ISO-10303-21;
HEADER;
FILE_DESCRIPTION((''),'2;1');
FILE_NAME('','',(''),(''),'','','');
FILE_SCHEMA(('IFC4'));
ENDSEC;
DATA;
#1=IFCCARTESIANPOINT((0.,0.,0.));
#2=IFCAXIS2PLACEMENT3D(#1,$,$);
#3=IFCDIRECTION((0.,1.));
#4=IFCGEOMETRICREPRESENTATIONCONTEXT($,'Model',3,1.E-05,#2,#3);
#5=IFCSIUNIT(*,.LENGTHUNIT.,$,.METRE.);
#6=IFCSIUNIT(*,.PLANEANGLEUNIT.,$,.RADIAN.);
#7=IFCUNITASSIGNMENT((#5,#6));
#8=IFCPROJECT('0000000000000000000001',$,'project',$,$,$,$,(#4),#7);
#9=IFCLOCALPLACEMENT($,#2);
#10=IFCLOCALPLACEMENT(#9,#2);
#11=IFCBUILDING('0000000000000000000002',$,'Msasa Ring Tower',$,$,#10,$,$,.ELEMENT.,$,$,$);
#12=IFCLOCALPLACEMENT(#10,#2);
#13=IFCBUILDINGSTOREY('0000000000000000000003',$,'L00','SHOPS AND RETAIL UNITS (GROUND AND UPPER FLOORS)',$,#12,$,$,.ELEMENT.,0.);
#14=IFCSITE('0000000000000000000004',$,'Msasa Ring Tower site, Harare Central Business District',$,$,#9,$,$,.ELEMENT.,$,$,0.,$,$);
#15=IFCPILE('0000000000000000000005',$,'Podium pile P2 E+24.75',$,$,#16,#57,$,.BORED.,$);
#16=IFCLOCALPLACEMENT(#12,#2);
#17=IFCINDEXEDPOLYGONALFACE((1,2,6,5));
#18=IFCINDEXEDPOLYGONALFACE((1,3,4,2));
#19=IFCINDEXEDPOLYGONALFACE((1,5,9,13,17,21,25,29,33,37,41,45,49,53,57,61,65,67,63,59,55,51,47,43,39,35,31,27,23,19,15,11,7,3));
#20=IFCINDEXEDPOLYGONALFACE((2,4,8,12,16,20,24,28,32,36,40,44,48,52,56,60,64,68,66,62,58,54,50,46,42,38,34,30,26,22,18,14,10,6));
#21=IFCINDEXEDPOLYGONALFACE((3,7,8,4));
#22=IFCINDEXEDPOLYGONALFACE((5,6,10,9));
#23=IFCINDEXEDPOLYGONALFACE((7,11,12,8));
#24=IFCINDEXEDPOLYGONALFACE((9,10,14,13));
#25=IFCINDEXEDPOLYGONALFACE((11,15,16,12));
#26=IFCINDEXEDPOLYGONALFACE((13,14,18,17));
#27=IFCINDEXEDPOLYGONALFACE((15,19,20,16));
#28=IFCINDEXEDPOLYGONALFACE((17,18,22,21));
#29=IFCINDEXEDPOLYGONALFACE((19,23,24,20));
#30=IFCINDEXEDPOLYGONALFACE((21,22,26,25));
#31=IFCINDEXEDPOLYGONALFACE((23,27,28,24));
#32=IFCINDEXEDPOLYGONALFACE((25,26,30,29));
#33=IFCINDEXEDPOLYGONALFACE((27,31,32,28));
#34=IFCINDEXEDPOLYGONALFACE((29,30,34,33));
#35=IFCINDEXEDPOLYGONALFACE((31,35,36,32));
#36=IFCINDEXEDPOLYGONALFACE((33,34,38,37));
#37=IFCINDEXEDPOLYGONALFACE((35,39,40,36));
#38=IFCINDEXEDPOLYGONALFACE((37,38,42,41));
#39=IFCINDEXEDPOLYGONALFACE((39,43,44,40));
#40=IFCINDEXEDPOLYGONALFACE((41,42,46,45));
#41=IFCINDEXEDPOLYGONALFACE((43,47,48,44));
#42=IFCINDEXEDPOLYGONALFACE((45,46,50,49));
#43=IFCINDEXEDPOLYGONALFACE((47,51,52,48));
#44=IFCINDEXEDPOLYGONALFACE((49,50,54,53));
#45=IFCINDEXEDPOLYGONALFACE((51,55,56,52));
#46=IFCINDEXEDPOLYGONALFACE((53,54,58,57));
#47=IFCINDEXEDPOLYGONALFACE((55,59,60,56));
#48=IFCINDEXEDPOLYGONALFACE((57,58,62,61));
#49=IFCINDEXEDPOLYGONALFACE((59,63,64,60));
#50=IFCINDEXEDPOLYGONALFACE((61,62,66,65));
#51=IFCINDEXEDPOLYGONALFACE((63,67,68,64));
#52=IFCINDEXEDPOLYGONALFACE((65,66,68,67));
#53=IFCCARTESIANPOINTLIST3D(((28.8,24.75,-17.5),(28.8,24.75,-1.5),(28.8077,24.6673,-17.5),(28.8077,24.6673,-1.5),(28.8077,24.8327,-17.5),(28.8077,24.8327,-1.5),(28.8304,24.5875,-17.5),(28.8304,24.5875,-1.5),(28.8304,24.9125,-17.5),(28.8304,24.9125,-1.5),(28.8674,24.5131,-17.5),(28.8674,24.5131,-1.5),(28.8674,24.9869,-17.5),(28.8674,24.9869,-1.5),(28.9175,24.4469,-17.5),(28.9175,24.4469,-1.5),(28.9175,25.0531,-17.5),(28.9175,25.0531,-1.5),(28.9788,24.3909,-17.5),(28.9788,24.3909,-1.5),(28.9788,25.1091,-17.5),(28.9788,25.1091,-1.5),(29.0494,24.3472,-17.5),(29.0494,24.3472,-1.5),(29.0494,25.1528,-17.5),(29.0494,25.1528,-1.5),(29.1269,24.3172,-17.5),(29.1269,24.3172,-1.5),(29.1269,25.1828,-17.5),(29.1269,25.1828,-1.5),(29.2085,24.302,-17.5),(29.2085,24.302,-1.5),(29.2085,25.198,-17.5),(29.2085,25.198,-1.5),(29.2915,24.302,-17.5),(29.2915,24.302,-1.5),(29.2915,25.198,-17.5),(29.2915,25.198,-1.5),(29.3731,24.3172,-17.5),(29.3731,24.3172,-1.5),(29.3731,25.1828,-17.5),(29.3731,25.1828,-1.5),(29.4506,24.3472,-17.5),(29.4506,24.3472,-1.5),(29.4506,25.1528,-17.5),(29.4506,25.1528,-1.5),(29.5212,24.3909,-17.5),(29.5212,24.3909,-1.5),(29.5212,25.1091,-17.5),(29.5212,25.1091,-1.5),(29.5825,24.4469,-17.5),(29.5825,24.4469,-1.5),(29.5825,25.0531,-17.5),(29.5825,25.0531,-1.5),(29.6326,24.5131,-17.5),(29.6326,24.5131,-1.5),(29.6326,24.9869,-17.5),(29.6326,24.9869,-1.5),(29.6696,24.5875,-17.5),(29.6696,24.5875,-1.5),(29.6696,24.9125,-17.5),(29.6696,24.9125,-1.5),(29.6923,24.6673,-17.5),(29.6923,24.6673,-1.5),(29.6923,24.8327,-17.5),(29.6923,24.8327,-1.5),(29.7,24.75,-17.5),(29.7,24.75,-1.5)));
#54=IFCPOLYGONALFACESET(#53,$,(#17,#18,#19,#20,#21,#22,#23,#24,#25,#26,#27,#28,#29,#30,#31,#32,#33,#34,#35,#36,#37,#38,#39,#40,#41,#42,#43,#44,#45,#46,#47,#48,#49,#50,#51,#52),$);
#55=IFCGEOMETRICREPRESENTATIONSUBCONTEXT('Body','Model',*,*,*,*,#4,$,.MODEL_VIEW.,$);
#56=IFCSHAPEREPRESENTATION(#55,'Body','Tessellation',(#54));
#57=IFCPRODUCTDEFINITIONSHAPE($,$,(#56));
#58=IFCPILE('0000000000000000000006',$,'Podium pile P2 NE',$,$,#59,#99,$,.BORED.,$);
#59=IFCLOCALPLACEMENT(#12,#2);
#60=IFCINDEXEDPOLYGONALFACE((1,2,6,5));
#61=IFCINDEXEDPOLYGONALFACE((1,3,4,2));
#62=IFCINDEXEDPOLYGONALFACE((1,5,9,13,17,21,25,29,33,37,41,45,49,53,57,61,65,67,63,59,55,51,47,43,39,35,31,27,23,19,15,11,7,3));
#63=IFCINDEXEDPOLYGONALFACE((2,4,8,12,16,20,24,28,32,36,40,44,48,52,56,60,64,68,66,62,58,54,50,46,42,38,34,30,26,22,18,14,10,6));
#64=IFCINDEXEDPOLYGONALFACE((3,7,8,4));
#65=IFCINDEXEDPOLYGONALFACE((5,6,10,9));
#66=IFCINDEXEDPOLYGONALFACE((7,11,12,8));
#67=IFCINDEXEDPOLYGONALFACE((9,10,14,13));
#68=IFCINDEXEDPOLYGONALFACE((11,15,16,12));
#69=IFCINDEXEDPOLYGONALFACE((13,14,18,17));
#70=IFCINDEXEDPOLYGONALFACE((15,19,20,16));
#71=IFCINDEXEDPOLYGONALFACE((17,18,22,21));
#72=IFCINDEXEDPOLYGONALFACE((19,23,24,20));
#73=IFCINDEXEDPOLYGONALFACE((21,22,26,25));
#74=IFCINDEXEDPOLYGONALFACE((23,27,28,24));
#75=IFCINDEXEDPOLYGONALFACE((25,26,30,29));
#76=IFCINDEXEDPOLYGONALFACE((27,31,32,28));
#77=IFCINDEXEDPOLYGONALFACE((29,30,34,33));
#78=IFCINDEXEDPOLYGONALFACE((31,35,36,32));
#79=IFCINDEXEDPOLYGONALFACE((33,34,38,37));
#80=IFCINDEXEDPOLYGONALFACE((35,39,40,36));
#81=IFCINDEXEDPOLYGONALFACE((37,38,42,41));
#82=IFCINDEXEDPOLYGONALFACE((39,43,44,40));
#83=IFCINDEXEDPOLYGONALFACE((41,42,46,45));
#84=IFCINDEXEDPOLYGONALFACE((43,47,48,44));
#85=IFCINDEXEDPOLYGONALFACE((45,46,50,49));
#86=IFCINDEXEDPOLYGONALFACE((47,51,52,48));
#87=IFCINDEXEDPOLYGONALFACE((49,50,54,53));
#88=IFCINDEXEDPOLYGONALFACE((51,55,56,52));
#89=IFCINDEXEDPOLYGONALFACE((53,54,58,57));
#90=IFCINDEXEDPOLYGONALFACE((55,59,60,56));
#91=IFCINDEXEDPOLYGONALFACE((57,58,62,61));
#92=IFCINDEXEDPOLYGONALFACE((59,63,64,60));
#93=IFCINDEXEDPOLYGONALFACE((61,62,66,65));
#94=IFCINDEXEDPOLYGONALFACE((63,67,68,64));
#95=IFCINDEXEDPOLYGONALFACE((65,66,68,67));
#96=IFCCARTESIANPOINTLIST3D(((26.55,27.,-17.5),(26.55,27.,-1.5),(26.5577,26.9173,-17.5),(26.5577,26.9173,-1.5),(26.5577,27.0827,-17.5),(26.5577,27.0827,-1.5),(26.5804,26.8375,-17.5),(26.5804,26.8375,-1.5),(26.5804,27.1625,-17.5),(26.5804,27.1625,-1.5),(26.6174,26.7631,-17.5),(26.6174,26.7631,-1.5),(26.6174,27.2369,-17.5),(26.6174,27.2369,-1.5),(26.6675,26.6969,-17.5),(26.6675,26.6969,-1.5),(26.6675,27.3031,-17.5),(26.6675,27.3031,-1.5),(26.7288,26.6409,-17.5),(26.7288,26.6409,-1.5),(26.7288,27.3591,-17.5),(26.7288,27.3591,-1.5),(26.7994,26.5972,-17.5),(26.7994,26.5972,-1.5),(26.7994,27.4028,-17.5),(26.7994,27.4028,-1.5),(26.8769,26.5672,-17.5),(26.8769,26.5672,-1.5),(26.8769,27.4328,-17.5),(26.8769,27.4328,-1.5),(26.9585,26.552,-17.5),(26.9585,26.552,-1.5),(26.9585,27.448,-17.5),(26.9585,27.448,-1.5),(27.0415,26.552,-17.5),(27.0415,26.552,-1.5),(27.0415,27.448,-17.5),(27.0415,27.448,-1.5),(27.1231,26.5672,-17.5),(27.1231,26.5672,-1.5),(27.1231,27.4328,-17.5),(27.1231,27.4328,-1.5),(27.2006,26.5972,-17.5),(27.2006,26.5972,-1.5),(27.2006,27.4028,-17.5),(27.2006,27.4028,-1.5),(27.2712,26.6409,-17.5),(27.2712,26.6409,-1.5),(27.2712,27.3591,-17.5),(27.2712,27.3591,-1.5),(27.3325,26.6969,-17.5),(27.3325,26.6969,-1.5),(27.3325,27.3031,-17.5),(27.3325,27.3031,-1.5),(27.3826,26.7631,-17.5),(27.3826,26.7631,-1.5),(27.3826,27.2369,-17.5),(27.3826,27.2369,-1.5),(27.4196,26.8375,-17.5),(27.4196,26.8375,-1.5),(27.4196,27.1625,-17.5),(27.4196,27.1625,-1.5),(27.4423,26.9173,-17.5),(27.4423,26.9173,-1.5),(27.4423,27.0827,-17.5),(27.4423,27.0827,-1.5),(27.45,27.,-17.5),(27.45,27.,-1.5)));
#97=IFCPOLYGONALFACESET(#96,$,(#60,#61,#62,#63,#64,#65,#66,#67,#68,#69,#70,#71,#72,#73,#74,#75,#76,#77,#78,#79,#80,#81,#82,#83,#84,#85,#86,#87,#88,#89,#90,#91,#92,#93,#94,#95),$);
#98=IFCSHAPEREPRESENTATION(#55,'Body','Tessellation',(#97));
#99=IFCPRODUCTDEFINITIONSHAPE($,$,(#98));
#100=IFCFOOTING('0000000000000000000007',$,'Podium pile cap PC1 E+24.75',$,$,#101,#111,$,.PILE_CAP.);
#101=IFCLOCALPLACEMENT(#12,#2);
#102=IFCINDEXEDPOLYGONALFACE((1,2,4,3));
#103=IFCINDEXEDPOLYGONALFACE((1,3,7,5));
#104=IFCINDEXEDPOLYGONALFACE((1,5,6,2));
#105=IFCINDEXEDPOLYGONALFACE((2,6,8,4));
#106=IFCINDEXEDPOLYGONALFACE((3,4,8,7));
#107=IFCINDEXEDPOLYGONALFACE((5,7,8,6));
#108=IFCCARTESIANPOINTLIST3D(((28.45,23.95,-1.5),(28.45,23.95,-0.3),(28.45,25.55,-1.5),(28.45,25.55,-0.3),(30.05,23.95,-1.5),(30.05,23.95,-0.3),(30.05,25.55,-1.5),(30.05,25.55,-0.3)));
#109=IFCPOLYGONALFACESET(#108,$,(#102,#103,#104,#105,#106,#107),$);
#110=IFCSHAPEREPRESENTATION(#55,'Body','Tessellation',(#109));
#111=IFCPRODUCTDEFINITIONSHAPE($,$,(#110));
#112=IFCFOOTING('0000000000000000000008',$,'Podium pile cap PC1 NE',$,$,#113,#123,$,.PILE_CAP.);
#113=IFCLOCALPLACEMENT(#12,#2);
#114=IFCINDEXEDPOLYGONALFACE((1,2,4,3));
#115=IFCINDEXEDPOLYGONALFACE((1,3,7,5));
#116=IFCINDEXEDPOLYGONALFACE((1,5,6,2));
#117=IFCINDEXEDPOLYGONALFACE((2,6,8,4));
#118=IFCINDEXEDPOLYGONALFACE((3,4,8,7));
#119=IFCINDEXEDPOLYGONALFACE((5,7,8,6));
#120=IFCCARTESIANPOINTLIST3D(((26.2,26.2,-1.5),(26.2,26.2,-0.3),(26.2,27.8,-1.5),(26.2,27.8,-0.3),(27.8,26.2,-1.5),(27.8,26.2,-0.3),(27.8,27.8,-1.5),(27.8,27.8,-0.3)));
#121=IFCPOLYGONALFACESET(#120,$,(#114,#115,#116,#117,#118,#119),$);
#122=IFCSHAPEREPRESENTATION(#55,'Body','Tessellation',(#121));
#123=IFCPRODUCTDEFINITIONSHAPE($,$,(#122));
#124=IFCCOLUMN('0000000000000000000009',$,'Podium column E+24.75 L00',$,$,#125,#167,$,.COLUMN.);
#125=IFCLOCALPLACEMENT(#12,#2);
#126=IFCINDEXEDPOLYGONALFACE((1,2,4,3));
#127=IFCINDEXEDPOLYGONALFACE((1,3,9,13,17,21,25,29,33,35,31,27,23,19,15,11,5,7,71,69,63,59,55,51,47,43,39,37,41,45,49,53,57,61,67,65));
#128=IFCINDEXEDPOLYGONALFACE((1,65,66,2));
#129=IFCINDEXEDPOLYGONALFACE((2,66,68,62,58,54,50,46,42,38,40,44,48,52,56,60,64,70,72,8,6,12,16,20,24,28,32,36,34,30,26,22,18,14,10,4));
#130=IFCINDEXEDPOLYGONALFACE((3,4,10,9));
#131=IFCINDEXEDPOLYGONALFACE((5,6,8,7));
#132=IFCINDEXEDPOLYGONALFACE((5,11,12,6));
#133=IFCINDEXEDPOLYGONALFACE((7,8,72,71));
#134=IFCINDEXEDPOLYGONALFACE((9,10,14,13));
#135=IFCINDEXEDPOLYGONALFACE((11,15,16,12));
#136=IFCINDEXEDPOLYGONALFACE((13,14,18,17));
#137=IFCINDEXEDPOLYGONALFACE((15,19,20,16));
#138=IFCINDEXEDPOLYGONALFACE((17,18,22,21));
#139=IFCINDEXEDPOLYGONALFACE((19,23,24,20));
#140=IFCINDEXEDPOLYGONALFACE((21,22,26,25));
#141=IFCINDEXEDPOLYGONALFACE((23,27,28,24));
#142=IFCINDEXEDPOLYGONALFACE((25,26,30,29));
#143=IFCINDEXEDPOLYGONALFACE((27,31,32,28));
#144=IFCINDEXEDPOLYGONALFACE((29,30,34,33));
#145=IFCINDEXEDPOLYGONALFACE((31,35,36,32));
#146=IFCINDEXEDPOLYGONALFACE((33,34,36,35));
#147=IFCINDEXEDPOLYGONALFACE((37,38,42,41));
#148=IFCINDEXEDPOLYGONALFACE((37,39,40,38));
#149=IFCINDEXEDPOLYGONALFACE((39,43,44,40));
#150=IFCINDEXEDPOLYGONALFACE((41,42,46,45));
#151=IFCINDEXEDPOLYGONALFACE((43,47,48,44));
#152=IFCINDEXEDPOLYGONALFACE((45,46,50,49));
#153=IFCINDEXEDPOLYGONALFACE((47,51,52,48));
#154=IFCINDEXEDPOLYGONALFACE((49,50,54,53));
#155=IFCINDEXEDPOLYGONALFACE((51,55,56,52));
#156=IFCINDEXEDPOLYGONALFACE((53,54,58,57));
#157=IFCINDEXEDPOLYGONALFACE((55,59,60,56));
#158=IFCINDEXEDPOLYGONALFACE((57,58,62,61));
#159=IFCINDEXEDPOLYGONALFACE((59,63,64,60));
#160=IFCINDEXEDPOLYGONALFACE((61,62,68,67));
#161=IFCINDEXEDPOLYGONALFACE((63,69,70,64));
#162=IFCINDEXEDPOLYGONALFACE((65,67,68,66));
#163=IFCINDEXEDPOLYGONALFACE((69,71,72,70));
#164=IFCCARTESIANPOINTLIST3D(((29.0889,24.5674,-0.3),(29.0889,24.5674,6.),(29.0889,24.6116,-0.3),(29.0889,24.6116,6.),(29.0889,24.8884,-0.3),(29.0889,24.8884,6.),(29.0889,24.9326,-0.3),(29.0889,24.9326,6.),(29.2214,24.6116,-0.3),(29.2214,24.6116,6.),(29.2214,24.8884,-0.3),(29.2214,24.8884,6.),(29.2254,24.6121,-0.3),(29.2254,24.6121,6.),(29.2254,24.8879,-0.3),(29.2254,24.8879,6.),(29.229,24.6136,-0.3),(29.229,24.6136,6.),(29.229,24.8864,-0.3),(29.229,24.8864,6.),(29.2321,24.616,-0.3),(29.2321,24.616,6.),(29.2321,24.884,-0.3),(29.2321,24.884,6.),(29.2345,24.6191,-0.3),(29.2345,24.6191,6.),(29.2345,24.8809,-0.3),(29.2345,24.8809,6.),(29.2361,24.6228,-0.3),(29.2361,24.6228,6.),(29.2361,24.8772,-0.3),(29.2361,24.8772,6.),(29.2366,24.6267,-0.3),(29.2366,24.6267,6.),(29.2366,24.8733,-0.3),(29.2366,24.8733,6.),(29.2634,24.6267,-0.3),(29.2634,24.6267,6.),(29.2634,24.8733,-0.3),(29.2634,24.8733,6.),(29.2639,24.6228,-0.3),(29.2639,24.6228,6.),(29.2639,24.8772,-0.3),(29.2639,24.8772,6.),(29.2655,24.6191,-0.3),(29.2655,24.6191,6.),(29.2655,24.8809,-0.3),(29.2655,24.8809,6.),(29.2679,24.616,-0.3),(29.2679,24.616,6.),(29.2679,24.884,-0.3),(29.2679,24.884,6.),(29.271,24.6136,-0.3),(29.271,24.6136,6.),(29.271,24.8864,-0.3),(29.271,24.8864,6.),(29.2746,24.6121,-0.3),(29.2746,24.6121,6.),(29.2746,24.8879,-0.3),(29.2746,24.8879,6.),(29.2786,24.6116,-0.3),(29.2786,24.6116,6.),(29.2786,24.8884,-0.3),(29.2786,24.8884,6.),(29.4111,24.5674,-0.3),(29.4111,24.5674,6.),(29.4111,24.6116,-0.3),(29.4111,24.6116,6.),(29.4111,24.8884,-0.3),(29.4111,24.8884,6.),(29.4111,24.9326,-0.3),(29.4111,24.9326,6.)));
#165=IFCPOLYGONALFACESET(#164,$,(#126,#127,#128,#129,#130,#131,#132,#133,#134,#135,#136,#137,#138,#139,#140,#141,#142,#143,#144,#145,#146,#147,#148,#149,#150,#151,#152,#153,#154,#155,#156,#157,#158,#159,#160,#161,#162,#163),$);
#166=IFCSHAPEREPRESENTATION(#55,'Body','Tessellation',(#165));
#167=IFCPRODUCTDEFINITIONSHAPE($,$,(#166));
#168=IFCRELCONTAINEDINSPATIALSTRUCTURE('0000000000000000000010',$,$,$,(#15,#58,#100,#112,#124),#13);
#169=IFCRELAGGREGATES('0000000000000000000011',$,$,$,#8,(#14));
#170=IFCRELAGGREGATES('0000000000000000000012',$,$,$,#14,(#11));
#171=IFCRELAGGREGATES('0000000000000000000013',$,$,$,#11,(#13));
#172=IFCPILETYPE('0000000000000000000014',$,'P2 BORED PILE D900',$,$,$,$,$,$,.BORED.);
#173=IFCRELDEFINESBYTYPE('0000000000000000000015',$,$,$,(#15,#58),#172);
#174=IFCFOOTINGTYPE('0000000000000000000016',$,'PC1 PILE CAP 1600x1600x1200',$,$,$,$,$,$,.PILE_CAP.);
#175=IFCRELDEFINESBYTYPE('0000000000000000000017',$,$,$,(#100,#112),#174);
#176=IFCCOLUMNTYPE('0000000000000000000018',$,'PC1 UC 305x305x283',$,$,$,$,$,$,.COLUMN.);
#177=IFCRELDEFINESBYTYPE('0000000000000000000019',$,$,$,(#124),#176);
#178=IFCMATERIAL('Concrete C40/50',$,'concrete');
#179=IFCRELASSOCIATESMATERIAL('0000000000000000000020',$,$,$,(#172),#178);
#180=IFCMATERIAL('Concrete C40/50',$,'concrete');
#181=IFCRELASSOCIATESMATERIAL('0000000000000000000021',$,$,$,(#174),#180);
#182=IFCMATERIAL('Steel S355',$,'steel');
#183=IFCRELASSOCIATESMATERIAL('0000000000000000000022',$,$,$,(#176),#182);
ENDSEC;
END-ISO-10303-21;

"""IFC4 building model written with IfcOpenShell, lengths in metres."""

from ifc_helpers import new_model, si_unit, direction, frame, origin, origin_2d, place, context, subcontext, project, spatial, rectangle, circle, i_section, extrude, material, material_profile, profile_set, type_object, element, save


model = new_model("IFC4")

# Units and contexts
model_context = context("Model", 3, precision=1e-05, world=origin(), true_north=direction((0.0, 1.0)))
body_context = subcontext(model_context, "Body", "Model", "MODEL_VIEW")
ifc_project = project(units=[si_unit("LENGTHUNIT", "METRE"), si_unit("PLANEANGLEUNIT", "RADIAN")], contexts=[model_context])

# Site, building, storey
site_placement = place(None, origin())
site = spatial("IfcSite", under=ifc_project, at=site_placement, Name="Msasa Ring Tower site, Harare Central Business District", CompositionType="ELEMENT", RefElevation=0.0)
building_placement = place(site_placement, origin())
building = spatial("IfcBuilding", under=site, at=building_placement, Name="Msasa Ring Tower", CompositionType="ELEMENT")
storey_placement = place(building_placement, origin())
storey = spatial("IfcBuildingStorey", under=building, at=storey_placement, Name="L00", Description="SHOPS AND RETAIL UNITS (GROUND AND UPPER FLOORS)", CompositionType="ELEMENT", Elevation=0.0)

# Piles
ifc_material_1 = material(Name="Concrete C40/50", Category="concrete")
ifc_material_profile_1 = material_profile(ifc_material_1, circle(Radius=0.45, at=origin_2d()), Name="D900")
ifc_profile_set_1 = profile_set([ifc_material_profile_1], Name="Concrete C40/50")
pile_type = type_object("IfcPileType", Name="P2 BORED PILE D900", PredefinedType="BORED", material=ifc_profile_set_1)
for number, where, z_axis, x_axis, name in (
    (1, (29.25, 24.75, -1.5), (0.0, 0.0, -1.0), (1.0, 0.0, 0.0), "Podium pile P2 E+24.75"),
    (2, (27.0, 27.0, -1.5), (0.0, 0.0, -1.0), (1.0, 0.0, 0.0), "Podium pile P2 NE"),
):
    element("IfcPile", number, at=place(storey_placement, frame(where, z_axis=z_axis, x_axis=x_axis)), inside=storey, type_object=pile_type, Name=name, PredefinedType="BORED", context=body_context, shape_type="SweptSolid", body=[
        extrude(circle(Radius=0.45, at=origin_2d()), origin(), (0.0, 0.0, 1.0), 16.0),
    ])

# Footings
ifc_material_2 = material(Name="Concrete C40/50", Category="concrete")
footing_type = type_object("IfcFootingType", Name="PC1 PILE CAP 1600x1600x1200", PredefinedType="PILE_CAP", material=ifc_material_2)
for number, where, z_axis, x_axis, name in (
    (3, (29.25, 24.75, -1.5), (0.0, 0.0, 1.0), (1.0, 0.0, 0.0), "Podium pile cap PC1 E+24.75"),
    (4, (27.0, 27.0, -1.5), (0.0, 0.0, 1.0), (1.0, 0.0, 0.0), "Podium pile cap PC1 NE"),
):
    element("IfcFooting", number, at=place(storey_placement, frame(where, z_axis=z_axis, x_axis=x_axis)), inside=storey, type_object=footing_type, Name=name, PredefinedType="PILE_CAP", context=body_context, shape_type="SweptSolid", body=[
        extrude(rectangle(XDim=1.6001, YDim=1.6001, at=origin_2d()), origin(), (0.0, 0.0, 1.0), 1.2),
    ])

# Column
ifc_material_3 = material(Name="Steel S355", Category="steel")
ifc_material_profile_2 = material_profile(ifc_material_3, i_section(OverallWidth=0.3223, OverallDepth=0.3652, WebThickness=0.0269, FlangeThickness=0.0442, FilletRadius=0.0151, at=origin_2d()), Name="UC 305x305x283")
ifc_profile_set_2 = profile_set([ifc_material_profile_2], Name="Steel S355")
column_type = type_object("IfcColumnType", Name="PC1 UC 305x305x283", PredefinedType="COLUMN", material=ifc_profile_set_2)
for number, where, z_axis, x_axis, name in (
    (5, (29.25, 24.75, -0.3), (0.0, 0.0, 1.0), (1.0, 0.0, 0.0), "Podium column E+24.75 L00"),
):
    element("IfcColumn", number, at=place(storey_placement, frame(where, z_axis=z_axis, x_axis=x_axis)), inside=storey, type_object=column_type, Name=name, PredefinedType="COLUMN", context=body_context, shape_type="SweptSolid", body=[
        extrude(i_section(OverallWidth=0.3223, OverallDepth=0.3652, WebThickness=0.0269, FlangeThickness=0.0442, FilletRadius=0.0151, at=origin_2d()), origin(), (0.0, 0.0, 1.0), 6.3),
    ])

save(model, "model.ifc")
